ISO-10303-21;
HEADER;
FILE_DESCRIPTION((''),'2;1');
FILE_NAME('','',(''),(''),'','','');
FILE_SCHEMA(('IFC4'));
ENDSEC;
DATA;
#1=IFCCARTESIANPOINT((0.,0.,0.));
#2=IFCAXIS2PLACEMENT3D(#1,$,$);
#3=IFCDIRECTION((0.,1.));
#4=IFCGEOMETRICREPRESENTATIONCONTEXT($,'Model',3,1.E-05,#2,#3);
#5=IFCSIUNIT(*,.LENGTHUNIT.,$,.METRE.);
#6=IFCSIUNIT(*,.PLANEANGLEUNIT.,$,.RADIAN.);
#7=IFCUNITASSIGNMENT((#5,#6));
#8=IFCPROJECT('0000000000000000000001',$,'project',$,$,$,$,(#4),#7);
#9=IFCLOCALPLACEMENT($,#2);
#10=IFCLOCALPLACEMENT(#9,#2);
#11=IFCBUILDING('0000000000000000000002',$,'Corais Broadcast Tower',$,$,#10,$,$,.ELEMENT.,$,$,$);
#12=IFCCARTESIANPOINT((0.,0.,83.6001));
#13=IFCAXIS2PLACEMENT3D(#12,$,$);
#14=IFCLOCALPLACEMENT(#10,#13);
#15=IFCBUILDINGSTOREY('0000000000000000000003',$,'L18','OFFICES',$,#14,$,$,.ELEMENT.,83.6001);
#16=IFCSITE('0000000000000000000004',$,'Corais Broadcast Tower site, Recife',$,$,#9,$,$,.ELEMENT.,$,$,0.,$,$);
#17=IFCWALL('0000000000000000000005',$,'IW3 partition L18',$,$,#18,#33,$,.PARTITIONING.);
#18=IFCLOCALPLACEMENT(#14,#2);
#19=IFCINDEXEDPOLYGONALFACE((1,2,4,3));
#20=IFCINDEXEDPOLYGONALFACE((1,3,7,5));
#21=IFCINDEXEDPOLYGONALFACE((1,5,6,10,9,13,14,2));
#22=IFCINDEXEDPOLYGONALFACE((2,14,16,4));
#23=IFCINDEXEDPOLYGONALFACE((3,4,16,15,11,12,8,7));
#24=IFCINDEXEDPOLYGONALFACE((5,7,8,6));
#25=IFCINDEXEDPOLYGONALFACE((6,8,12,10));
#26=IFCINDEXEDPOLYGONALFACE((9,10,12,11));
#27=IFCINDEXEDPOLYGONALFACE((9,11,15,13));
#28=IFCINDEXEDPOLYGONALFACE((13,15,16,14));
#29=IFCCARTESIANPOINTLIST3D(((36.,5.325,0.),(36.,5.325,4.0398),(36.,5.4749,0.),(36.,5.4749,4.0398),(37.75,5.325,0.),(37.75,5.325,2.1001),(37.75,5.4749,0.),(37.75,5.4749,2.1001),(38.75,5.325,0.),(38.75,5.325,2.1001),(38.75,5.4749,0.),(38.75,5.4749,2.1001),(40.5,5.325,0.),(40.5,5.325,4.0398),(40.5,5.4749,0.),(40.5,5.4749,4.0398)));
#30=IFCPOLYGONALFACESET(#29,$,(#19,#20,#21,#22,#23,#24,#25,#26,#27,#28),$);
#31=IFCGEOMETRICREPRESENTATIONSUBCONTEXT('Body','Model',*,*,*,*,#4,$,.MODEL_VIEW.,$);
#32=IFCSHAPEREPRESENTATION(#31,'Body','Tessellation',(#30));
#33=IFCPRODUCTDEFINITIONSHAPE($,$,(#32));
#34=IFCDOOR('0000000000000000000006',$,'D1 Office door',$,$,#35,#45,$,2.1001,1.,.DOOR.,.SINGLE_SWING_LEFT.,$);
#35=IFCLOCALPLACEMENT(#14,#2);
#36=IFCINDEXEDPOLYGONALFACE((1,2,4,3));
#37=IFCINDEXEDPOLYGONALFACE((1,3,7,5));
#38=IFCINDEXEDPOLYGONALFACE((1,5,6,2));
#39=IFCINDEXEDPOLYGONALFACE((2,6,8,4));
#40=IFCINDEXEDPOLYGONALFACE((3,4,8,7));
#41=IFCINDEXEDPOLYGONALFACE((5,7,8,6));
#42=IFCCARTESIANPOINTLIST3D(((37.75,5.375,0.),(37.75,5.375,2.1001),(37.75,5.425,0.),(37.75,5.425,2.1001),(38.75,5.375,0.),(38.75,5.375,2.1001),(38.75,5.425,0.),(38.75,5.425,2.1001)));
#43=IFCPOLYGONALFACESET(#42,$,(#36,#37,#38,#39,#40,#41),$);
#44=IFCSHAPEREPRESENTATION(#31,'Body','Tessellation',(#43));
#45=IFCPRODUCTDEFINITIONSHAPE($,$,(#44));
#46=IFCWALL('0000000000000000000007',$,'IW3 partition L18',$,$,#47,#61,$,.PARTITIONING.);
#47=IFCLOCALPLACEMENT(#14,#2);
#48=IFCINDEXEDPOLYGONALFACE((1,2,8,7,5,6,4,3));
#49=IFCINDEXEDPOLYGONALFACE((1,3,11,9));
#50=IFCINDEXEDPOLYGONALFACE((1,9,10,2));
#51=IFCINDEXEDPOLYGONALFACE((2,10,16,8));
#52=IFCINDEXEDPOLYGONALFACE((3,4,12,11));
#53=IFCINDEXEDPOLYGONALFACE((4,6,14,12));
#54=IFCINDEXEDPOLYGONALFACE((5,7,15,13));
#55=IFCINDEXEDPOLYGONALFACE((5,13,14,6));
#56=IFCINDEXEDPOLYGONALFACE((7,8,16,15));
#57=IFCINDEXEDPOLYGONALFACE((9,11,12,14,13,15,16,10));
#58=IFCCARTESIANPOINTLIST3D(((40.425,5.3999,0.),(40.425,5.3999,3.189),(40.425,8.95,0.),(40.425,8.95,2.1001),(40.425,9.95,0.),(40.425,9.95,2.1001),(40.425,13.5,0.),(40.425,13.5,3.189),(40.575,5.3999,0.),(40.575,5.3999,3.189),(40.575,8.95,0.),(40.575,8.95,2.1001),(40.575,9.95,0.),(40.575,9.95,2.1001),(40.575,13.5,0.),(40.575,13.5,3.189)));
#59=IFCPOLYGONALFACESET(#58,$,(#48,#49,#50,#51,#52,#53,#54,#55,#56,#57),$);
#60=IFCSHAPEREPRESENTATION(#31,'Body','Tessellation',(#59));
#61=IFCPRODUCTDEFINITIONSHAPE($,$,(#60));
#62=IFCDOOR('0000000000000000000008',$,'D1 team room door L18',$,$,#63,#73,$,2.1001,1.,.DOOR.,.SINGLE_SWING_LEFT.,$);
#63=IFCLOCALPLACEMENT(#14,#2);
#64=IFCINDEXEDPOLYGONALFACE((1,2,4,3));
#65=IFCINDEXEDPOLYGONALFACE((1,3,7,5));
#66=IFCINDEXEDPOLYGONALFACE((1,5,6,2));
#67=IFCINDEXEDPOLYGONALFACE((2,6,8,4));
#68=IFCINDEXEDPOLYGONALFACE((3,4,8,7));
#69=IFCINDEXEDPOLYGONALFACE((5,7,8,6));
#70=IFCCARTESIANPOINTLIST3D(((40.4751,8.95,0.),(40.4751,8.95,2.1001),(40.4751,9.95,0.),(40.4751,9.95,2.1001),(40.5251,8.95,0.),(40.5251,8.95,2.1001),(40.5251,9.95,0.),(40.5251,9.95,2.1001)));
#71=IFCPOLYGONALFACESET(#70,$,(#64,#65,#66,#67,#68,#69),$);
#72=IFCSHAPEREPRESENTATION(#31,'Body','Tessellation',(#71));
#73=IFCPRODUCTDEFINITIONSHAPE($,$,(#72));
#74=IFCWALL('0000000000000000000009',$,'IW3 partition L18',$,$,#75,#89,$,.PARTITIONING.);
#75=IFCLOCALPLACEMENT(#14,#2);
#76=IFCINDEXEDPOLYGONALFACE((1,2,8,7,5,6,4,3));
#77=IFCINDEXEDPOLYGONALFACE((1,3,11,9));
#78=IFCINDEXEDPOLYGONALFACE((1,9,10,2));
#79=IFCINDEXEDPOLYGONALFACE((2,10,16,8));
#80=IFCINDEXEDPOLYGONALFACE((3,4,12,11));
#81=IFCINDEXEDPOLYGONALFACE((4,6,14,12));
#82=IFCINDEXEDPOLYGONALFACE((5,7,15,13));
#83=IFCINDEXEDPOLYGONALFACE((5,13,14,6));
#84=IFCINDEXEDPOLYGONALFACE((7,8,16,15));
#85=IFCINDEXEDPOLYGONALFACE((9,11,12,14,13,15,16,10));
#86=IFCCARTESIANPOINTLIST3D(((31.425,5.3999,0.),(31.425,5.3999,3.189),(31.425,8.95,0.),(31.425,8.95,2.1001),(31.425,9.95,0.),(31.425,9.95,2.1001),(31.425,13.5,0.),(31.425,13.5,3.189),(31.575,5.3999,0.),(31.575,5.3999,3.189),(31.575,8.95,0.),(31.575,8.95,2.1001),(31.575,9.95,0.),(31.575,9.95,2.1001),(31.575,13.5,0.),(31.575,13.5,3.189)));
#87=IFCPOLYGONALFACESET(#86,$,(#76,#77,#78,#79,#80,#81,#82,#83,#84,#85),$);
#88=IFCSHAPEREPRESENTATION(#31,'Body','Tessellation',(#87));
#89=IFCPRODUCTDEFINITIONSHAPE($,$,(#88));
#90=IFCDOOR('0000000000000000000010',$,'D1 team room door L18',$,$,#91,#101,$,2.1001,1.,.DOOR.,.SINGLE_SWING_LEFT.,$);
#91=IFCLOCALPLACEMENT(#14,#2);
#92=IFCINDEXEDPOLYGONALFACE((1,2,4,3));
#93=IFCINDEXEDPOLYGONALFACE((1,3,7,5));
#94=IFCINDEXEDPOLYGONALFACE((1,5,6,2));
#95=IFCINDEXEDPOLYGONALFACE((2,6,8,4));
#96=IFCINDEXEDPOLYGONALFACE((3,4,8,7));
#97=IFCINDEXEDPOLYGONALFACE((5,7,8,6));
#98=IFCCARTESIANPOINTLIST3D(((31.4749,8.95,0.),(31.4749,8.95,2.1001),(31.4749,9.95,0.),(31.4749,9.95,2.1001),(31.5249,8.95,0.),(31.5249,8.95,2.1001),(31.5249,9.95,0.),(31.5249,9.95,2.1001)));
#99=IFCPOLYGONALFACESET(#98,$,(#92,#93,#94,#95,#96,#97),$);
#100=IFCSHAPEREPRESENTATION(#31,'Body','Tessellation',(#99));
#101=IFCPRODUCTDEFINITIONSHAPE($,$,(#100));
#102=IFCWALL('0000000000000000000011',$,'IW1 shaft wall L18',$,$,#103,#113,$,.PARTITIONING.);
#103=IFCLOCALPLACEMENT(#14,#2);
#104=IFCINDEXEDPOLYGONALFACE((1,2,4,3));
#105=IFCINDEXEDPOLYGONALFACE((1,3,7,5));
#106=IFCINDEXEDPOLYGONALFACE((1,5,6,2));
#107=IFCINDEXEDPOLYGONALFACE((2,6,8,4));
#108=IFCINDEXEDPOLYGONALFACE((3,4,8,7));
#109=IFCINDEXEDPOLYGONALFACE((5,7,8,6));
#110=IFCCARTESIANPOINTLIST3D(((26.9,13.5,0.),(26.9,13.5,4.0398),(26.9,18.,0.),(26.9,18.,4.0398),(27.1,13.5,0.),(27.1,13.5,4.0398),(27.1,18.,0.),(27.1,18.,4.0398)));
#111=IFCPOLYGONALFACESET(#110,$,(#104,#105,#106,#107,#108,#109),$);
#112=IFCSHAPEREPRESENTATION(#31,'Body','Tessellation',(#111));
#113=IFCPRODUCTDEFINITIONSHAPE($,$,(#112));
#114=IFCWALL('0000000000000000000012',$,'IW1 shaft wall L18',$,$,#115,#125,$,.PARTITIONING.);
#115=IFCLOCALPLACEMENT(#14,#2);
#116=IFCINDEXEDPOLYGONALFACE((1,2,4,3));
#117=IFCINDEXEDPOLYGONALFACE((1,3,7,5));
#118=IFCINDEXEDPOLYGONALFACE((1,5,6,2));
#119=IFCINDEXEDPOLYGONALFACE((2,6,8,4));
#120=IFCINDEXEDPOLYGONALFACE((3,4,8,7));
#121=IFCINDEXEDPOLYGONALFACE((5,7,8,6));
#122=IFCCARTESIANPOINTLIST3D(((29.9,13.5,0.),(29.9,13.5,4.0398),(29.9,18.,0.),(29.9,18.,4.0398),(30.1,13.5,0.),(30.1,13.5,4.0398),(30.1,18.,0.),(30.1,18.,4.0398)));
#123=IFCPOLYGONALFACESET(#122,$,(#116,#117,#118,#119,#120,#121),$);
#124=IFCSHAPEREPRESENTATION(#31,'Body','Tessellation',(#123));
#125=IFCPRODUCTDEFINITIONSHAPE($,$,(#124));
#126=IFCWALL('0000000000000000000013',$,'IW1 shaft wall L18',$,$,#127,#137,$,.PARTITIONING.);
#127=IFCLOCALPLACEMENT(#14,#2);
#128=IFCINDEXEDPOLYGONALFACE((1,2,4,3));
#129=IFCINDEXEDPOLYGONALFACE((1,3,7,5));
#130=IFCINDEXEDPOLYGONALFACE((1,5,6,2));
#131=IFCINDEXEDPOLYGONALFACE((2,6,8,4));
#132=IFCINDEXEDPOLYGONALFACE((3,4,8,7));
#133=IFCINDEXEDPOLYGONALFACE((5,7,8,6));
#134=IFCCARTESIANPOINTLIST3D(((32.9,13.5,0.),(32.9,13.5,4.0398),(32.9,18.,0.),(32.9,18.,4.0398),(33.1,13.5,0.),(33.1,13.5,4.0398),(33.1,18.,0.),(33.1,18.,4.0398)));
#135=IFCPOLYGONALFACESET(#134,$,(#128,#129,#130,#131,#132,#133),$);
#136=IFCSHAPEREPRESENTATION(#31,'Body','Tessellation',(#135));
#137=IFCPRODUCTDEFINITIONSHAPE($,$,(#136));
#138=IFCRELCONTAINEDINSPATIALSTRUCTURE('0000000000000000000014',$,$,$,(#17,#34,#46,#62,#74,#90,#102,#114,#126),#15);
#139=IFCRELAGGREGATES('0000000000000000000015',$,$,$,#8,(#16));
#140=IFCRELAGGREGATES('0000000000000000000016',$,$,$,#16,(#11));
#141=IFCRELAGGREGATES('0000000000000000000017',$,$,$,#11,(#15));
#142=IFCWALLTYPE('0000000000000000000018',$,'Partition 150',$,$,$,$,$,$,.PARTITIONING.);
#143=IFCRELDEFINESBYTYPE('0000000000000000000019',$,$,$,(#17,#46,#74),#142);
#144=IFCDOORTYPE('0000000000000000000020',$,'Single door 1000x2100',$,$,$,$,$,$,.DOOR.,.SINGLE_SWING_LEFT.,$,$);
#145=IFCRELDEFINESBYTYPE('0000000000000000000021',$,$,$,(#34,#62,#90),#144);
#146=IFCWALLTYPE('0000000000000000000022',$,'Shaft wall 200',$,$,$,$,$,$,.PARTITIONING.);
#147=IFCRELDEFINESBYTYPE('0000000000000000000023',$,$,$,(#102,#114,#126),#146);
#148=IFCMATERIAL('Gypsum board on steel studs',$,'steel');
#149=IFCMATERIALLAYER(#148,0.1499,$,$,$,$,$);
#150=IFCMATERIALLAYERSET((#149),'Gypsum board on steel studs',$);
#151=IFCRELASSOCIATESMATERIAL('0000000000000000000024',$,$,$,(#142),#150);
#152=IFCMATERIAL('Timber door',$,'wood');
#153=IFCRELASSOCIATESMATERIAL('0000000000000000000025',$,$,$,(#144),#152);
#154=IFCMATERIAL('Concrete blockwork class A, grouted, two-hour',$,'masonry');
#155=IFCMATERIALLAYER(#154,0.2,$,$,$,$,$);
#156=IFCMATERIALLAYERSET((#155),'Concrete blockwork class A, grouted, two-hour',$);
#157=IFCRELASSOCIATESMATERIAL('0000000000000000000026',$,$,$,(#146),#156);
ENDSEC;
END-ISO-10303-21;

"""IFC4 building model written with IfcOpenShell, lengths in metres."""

from ifc_helpers import new_model, si_unit, direction, frame, frame_2d, origin, place, context, subcontext, project, spatial, rectangle, extrude, material, layer, layer_set, type_object, element, fill, save


model = new_model("IFC4")

# Units and contexts
model_context = context("Model", 3, precision=1e-05, world=origin(), true_north=direction((0.0, 1.0)))
body_context = subcontext(model_context, "Body", "Model", "MODEL_VIEW")
ifc_project = project(units=[si_unit("LENGTHUNIT", "METRE"), si_unit("PLANEANGLEUNIT", "RADIAN")], contexts=[model_context])

# Site, building, storey
site_placement = place(None, origin())
site = spatial("IfcSite", under=ifc_project, at=site_placement, Name="Corais Broadcast Tower site, Recife", CompositionType="ELEMENT", RefElevation=0.0)
building_placement = place(site_placement, origin())
building = spatial("IfcBuilding", under=site, at=building_placement, Name="Corais Broadcast Tower", CompositionType="ELEMENT")
storey_placement = place(building_placement, frame((0.0, 0.0, 83.6001)))
storey = spatial("IfcBuildingStorey", under=building, at=storey_placement, Name="L18", Description="OFFICES", CompositionType="ELEMENT", Elevation=83.6001)

# Shared definitions
ifc_material_1 = material(Name="Gypsum board on steel studs", Category="steel")
ifc_layer_1 = layer(ifc_material_1, 0.1499)
ifc_layer_set_1 = layer_set([ifc_layer_1], Name="Gypsum board on steel studs")
wall_type_1 = type_object("IfcWallType", Name="Partition 150", PredefinedType="PARTITIONING", material=ifc_layer_set_1)

# Shared definitions
ifc_material_2 = material(Name="Timber door", Category="wood")
door_type = type_object("IfcDoorType", Name="Single door 1000x2100", OperationType="SINGLE_SWING_LEFT", PredefinedType="DOOR", material=ifc_material_2)

# Walls, openings, doors
wall_1_placement = place(storey_placement, frame((40.5, 5.3999, 0.0), z_axis=(0.0, 0.0, 1.0), x_axis=(-1.0, 0.0, 0.0)))
wall_1 = element("IfcWall", 1, at=wall_1_placement, inside=storey, type_object=wall_type_1, Name="IW3 partition L18", PredefinedType="PARTITIONING", context=body_context, shape_type="SweptSolid", body=[
    extrude(rectangle(XDim=4.5, YDim=0.1499, at=frame_2d((2.25, 0.0))), origin(), (0.0, 0.0, 1.0), 4.0398),
])
opening_1_placement = place(wall_1_placement, frame((1.75, 0.0, 0.0)))
opening_1 = element("IfcOpeningElement", 2, at=opening_1_placement, cuts=wall_1, PredefinedType="OPENING", context=body_context, shape_type="SweptSolid", body=[
    extrude(rectangle(XDim=1.0, YDim=2.1001, at=frame_2d((0.5, 1.05))), frame((0.0, 0.085, 0.0), z_axis=(0.0, -1.0, 0.0), x_axis=(1.0, 0.0, 0.0)), (0.0, 0.0, 1.0), 0.1699),
])
door_1_placement = place(opening_1_placement, origin())
door_1 = element("IfcDoor", 3, at=door_1_placement, inside=storey, type_object=door_type, Name="D1 Office door", OperationType="SINGLE_SWING_LEFT", OverallHeight=2.1001, OverallWidth=1.0, PredefinedType="DOOR", context=body_context, shape_type="SweptSolid", body=[
    extrude(rectangle(XDim=1.0, YDim=2.1001, at=frame_2d((0.5, 1.05))), frame((0.0, 0.0249, 0.0), z_axis=(0.0, -1.0, 0.0), x_axis=(1.0, 0.0, 0.0)), (0.0, 0.0, 1.0), 0.05),
])
fill(opening_1, door_1)
wall_2_placement = place(storey_placement, frame((40.5, 5.3999, 0.0), z_axis=(0.0, 0.0, 1.0), x_axis=(0.0, 1.0, 0.0)))
wall_2 = element("IfcWall", 4, at=wall_2_placement, inside=storey, type_object=wall_type_1, Name="IW3 partition L18", PredefinedType="PARTITIONING", context=body_context, shape_type="SweptSolid", body=[
    extrude(rectangle(XDim=8.1001, YDim=0.1499, at=frame_2d((4.05, 0.0))), origin(), (0.0, 0.0, 1.0), 3.189),
])
opening_2_placement = place(wall_2_placement, frame((3.55, 0.0, 0.0)))
opening_2 = element("IfcOpeningElement", 5, at=opening_2_placement, cuts=wall_2, PredefinedType="OPENING", context=body_context, shape_type="SweptSolid", body=[
    extrude(rectangle(XDim=1.0, YDim=2.1001, at=frame_2d((0.5, 1.05))), frame((0.0, 0.085, 0.0), z_axis=(0.0, -1.0, 0.0), x_axis=(1.0, 0.0, 0.0)), (0.0, 0.0, 1.0), 0.1699),
])
door_2_placement = place(opening_2_placement, origin())
door_2 = element("IfcDoor", 6, at=door_2_placement, inside=storey, type_object=door_type, Name="D1 team room door L18", OperationType="SINGLE_SWING_LEFT", OverallHeight=2.1001, OverallWidth=1.0, PredefinedType="DOOR", context=body_context, shape_type="SweptSolid", body=[
    extrude(rectangle(XDim=1.0, YDim=2.1001, at=frame_2d((0.5, 1.05))), frame((0.0, 0.0249, 0.0), z_axis=(0.0, -1.0, 0.0), x_axis=(1.0, 0.0, 0.0)), (0.0, 0.0, 1.0), 0.05),
])
fill(opening_2, door_2)
wall_3_placement = place(storey_placement, frame((31.5, 13.5, 0.0), z_axis=(0.0, 0.0, 1.0), x_axis=(0.0, -1.0, 0.0)))
wall_3 = element("IfcWall", 7, at=wall_3_placement, inside=storey, type_object=wall_type_1, Name="IW3 partition L18", PredefinedType="PARTITIONING", context=body_context, shape_type="SweptSolid", body=[
    extrude(rectangle(XDim=8.1001, YDim=0.1499, at=frame_2d((4.05, 0.0))), origin(), (0.0, 0.0, 1.0), 3.189),
])
opening_3_placement = place(wall_3_placement, frame((3.55, 0.0, 0.0)))
opening_3 = element("IfcOpeningElement", 8, at=opening_3_placement, cuts=wall_3, PredefinedType="OPENING", context=body_context, shape_type="SweptSolid", body=[
    extrude(rectangle(XDim=1.0, YDim=2.1001, at=frame_2d((0.5, 1.05))), frame((0.0, 0.085, 0.0), z_axis=(0.0, -1.0, 0.0), x_axis=(1.0, 0.0, 0.0)), (0.0, 0.0, 1.0), 0.1699),
])
door_3_placement = place(opening_3_placement, origin())
door_3 = element("IfcDoor", 9, at=door_3_placement, inside=storey, type_object=door_type, Name="D1 team room door L18", OperationType="SINGLE_SWING_LEFT", OverallHeight=2.1001, OverallWidth=1.0, PredefinedType="DOOR", context=body_context, shape_type="SweptSolid", body=[
    extrude(rectangle(XDim=1.0, YDim=2.1001, at=frame_2d((0.5, 1.05))), frame((0.0, 0.0249, 0.0), z_axis=(0.0, -1.0, 0.0), x_axis=(1.0, 0.0, 0.0)), (0.0, 0.0, 1.0), 0.05),
])
fill(opening_3, door_3)

# Walls
ifc_material_3 = material(Name="Concrete blockwork class A, grouted, two-hour", Category="masonry")
ifc_layer_2 = layer(ifc_material_3, 0.2)
ifc_layer_set_2 = layer_set([ifc_layer_2], Name="Concrete blockwork class A, grouted, two-hour")
wall_type_2 = type_object("IfcWallType", Name="Shaft wall 200", PredefinedType="PARTITIONING", material=ifc_layer_set_2)
for number, where, z_axis, x_axis, name in (
    (10, (27.0, 13.5, 0.0), (0.0, 0.0, 1.0), (0.0, 1.0, 0.0), "IW1 shaft wall L18"),
    (11, (30.0, 13.5, 0.0), (0.0, 0.0, 1.0), (0.0, 1.0, 0.0), "IW1 shaft wall L18"),
    (12, (33.0, 13.5, 0.0), (0.0, 0.0, 1.0), (0.0, 1.0, 0.0), "IW1 shaft wall L18"),
):
    element("IfcWall", number, at=place(storey_placement, frame(where, z_axis=z_axis, x_axis=x_axis)), inside=storey, type_object=wall_type_2, Name=name, PredefinedType="PARTITIONING", context=body_context, shape_type="SweptSolid", body=[
        extrude(rectangle(XDim=4.5, YDim=0.2, at=frame_2d((2.25, 0.0))), origin(), (0.0, 0.0, 1.0), 4.0398),
    ])

save(model, "model.ifc")
